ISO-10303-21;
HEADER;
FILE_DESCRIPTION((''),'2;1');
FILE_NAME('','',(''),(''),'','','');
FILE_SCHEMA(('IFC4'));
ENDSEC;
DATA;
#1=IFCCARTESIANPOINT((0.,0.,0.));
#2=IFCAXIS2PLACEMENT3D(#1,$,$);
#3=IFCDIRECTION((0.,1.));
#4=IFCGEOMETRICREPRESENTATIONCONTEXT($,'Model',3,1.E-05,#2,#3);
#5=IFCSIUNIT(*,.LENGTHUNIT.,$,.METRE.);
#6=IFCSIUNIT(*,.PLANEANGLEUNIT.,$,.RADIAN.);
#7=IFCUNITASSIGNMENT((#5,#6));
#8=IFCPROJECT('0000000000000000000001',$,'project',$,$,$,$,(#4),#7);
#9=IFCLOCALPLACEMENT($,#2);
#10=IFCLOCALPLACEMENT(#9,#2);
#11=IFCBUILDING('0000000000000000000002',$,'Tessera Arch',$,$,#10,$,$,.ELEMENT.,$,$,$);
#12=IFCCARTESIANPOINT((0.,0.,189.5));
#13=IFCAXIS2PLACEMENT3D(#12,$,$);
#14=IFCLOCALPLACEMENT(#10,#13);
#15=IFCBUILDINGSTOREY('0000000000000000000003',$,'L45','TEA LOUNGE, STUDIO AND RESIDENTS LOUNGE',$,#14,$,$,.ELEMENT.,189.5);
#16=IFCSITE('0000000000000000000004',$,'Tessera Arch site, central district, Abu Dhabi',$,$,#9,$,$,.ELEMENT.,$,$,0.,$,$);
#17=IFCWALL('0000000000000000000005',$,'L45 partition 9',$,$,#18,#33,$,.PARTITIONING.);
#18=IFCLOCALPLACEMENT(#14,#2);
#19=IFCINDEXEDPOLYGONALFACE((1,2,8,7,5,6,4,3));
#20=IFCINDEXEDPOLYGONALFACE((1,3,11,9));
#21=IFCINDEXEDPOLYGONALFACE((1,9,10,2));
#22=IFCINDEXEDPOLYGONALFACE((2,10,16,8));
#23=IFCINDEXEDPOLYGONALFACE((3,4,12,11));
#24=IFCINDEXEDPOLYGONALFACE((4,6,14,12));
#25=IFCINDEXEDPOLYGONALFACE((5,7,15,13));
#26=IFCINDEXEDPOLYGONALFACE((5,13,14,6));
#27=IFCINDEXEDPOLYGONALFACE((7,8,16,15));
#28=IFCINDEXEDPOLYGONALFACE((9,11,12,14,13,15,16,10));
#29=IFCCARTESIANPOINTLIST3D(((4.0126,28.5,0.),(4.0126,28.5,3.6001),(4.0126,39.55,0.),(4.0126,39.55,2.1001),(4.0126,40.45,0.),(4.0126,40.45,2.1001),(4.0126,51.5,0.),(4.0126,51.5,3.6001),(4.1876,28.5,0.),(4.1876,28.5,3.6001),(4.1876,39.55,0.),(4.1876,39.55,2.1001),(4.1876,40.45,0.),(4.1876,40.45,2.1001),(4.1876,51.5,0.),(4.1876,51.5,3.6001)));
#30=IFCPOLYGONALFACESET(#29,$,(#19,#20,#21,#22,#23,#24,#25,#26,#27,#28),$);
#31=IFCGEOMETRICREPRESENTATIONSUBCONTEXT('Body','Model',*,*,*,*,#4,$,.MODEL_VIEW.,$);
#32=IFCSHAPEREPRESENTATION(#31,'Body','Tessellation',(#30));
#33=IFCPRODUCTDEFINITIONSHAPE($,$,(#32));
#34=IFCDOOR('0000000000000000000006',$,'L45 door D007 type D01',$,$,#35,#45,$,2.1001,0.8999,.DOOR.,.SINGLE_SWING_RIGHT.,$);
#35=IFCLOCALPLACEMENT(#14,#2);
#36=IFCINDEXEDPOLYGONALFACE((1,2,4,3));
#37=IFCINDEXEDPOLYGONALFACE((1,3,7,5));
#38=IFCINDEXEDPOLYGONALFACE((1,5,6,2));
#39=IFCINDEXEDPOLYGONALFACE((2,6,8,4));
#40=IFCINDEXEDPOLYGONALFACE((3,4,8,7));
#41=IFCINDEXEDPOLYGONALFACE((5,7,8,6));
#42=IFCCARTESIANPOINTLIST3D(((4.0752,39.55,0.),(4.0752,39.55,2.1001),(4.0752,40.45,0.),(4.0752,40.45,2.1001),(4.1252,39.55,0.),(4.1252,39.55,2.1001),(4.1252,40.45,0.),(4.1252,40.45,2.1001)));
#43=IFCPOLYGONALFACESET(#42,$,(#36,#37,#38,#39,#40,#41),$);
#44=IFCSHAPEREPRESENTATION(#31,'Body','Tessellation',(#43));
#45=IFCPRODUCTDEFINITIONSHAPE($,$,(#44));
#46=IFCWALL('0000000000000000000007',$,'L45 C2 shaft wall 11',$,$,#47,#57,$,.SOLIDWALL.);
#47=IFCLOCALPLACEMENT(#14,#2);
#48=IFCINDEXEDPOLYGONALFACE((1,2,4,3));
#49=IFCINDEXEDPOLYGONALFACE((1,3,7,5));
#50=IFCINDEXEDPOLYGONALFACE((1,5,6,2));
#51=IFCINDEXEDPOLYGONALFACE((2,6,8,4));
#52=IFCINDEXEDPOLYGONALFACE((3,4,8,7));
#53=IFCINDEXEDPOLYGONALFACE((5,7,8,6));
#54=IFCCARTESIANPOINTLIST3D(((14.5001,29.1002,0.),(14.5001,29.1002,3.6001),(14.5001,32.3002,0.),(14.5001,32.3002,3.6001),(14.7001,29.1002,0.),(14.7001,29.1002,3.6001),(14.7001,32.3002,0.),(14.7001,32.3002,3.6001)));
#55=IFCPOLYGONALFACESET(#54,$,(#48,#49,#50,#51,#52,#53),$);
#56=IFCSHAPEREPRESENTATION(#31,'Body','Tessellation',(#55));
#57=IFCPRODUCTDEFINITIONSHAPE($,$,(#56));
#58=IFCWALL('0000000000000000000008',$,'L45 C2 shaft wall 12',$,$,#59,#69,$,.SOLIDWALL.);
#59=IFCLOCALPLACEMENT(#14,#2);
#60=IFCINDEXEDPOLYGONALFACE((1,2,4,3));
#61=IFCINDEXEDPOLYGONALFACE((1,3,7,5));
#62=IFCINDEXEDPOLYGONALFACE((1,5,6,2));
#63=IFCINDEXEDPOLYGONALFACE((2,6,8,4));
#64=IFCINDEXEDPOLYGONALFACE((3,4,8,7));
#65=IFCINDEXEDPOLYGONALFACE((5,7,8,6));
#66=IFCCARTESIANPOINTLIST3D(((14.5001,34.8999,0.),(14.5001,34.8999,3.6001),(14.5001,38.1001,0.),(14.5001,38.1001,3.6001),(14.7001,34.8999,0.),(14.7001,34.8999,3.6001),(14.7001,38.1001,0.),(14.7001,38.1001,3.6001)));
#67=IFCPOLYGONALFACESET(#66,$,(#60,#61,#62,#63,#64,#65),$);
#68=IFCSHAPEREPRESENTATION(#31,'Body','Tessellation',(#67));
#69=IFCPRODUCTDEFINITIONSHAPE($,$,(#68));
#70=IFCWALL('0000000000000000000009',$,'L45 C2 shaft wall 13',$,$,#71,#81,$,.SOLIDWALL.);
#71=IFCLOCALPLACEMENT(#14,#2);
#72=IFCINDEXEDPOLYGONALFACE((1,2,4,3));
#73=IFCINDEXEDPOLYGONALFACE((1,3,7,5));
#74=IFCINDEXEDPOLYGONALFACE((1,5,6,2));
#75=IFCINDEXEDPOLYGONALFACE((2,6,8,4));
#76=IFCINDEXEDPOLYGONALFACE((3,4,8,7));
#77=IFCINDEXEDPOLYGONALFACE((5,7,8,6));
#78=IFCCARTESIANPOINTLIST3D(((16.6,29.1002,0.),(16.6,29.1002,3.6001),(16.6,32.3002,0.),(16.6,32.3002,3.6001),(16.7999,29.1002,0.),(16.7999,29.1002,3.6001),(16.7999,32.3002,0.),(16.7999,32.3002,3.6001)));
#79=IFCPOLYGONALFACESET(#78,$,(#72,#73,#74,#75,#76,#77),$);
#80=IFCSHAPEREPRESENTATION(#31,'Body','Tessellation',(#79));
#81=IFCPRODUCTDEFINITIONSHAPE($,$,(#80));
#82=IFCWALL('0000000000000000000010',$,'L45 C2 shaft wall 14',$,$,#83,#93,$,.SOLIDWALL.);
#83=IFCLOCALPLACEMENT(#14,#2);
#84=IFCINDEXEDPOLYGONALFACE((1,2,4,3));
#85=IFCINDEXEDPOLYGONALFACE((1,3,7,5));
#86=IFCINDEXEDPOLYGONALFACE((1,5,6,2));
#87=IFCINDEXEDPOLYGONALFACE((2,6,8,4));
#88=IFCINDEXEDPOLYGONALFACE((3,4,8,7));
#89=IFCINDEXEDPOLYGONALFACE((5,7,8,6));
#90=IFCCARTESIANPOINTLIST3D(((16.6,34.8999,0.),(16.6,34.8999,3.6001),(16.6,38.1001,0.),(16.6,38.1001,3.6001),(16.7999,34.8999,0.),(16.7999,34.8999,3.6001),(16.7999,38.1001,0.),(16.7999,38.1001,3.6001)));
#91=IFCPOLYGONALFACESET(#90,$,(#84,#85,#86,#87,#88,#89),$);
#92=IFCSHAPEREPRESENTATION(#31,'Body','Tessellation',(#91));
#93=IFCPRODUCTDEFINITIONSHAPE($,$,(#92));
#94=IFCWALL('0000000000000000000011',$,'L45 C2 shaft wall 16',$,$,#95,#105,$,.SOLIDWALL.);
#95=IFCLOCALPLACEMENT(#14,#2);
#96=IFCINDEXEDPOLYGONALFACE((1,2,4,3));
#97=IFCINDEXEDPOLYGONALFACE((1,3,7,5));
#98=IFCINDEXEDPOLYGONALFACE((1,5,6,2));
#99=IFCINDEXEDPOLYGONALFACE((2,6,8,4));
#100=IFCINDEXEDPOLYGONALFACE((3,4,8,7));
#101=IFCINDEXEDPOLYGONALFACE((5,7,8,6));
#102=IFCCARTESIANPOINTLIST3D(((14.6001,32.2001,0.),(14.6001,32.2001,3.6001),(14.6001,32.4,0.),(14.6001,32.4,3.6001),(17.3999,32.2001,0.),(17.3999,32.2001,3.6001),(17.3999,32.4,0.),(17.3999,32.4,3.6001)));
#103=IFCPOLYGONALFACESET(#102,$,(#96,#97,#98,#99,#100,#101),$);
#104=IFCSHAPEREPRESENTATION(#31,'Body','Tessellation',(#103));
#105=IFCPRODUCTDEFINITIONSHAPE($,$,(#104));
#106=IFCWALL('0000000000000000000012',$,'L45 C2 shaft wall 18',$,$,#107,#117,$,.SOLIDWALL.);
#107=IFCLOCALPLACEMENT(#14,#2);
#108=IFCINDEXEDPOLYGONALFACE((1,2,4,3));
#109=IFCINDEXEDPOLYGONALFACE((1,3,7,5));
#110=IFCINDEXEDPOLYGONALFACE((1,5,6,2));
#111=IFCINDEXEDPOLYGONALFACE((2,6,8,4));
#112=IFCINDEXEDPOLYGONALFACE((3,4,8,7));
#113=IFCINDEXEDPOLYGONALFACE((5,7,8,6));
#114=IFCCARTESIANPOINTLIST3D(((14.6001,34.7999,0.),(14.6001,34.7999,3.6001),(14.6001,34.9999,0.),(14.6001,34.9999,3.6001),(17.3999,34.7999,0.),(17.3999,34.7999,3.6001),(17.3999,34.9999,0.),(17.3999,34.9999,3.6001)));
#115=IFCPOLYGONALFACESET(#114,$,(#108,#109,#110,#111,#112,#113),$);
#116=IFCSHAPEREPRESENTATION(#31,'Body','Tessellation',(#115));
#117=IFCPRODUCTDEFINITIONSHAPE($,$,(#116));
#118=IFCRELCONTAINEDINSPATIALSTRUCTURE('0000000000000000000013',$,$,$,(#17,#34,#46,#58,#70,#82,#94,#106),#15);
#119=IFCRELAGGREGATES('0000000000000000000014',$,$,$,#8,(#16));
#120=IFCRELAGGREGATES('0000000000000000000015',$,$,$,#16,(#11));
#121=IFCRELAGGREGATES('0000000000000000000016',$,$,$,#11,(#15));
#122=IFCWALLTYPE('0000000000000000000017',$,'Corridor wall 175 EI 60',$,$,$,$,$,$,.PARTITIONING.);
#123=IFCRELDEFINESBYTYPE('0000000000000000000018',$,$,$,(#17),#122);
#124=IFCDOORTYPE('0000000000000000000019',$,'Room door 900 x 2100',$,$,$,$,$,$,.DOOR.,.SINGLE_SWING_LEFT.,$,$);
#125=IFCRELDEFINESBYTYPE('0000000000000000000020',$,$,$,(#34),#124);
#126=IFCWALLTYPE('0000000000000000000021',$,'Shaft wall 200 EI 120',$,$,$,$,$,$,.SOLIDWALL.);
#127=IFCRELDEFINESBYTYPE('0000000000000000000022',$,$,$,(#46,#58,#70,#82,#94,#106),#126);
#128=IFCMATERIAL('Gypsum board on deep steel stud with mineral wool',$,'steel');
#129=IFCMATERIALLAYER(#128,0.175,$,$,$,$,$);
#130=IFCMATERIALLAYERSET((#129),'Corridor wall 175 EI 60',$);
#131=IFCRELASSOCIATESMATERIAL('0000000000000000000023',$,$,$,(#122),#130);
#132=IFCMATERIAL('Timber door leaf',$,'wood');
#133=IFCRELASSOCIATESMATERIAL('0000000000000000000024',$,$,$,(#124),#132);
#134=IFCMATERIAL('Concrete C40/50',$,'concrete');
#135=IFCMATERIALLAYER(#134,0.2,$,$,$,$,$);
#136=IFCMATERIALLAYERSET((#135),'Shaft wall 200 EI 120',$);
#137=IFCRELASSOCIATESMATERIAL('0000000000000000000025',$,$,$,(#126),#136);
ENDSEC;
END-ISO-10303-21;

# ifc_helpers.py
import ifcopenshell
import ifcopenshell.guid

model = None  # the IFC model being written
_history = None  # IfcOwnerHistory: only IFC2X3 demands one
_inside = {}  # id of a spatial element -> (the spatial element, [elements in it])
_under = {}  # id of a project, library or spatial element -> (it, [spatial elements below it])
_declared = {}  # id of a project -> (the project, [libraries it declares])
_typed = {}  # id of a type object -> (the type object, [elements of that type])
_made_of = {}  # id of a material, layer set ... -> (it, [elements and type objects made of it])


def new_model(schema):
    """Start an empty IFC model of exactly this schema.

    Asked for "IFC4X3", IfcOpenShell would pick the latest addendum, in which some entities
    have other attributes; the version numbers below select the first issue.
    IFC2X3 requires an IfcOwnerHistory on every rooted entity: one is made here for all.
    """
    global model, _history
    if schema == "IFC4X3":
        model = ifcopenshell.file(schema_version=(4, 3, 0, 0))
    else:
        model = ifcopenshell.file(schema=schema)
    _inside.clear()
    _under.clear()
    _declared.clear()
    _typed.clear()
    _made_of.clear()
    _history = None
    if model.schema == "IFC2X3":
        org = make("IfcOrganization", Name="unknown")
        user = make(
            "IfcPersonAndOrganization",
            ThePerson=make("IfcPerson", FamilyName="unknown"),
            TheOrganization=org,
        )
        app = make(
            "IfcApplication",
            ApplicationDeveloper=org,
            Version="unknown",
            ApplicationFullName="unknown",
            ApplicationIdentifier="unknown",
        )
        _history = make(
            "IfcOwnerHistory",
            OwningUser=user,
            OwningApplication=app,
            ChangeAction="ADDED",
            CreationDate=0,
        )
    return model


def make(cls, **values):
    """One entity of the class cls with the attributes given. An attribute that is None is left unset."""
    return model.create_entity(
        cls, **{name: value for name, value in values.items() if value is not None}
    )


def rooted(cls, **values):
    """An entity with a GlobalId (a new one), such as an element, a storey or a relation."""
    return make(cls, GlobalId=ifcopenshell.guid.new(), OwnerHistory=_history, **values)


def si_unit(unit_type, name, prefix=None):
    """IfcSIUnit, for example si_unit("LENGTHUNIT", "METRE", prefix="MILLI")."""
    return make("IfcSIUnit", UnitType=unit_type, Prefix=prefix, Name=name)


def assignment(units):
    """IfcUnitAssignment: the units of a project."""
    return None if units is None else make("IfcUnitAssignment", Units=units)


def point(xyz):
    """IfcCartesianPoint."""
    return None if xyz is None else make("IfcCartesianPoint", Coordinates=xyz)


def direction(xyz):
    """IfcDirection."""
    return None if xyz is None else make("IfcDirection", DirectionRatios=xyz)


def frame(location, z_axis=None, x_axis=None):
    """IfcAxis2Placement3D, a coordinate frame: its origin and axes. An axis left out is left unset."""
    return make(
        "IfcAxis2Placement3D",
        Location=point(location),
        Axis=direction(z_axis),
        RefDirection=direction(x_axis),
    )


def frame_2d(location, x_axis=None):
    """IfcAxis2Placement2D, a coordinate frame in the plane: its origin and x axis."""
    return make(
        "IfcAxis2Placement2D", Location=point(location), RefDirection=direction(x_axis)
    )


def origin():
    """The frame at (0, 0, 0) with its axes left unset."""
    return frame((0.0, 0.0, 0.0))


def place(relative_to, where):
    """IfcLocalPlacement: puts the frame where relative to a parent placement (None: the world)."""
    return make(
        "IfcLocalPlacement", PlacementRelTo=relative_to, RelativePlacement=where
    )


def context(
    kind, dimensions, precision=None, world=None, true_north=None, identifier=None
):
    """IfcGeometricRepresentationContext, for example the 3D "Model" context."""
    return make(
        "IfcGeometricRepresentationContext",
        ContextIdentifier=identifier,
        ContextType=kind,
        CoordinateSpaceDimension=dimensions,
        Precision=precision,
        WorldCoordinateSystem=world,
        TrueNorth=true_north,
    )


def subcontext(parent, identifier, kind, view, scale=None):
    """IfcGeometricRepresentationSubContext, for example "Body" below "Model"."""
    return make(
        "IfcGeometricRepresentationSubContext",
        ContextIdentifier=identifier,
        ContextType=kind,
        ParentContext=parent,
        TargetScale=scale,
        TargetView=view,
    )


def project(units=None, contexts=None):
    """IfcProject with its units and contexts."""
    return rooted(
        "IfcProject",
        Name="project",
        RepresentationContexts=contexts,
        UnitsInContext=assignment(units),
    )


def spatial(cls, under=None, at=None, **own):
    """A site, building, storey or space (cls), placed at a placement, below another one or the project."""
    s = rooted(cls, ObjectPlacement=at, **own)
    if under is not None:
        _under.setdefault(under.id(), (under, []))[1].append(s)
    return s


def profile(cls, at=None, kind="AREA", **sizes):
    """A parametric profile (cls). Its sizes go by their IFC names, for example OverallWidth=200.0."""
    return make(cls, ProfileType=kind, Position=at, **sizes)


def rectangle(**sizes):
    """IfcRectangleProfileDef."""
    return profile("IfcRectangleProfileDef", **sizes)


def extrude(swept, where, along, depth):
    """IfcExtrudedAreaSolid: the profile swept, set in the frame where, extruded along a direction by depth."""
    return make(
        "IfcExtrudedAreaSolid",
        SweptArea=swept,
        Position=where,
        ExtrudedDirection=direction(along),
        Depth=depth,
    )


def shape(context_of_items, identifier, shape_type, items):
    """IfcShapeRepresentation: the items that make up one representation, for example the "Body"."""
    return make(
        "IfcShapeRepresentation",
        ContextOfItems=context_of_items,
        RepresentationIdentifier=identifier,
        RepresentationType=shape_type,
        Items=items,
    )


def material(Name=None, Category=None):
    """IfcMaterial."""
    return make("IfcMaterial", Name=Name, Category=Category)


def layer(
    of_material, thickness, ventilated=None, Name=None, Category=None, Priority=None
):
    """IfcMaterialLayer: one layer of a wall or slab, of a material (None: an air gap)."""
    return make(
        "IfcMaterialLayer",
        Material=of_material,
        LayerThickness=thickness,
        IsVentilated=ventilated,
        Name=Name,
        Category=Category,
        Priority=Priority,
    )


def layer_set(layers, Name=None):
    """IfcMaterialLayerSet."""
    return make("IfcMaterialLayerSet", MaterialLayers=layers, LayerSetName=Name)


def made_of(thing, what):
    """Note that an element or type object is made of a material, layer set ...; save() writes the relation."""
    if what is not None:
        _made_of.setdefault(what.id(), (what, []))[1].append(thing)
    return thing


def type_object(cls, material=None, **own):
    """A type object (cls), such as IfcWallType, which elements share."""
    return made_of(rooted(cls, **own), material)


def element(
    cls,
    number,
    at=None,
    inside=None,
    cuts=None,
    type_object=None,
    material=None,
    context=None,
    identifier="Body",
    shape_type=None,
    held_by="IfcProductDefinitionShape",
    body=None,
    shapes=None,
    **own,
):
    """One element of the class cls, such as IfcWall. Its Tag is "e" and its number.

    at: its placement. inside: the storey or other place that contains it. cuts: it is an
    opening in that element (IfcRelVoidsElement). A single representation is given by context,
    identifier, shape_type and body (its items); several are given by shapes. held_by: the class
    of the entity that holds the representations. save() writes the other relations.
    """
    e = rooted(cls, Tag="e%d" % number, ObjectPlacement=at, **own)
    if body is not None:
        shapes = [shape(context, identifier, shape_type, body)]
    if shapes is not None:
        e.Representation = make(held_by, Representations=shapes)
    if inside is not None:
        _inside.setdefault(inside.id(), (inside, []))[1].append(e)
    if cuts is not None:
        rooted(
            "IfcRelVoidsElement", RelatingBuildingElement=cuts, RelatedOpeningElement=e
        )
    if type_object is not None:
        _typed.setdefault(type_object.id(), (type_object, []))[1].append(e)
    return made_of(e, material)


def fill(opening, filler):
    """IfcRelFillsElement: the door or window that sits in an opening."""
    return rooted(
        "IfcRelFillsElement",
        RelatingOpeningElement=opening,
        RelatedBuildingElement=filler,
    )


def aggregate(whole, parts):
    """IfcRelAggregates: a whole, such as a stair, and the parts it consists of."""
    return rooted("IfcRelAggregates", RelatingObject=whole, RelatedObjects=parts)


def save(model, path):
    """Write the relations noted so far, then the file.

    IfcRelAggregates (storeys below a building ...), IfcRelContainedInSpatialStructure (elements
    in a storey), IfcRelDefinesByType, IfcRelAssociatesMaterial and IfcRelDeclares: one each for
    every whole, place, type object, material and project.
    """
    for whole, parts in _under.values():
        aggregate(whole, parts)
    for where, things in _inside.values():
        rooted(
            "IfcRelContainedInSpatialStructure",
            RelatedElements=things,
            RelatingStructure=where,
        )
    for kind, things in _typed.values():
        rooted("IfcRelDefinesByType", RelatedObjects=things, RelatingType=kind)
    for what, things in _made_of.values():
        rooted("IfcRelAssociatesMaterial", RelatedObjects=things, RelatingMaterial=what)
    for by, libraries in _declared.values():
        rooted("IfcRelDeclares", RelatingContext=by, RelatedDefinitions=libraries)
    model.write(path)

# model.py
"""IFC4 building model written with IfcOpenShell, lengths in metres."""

from ifc_helpers import new_model, si_unit, direction, frame, frame_2d, origin, place, context, subcontext, project, spatial, rectangle, extrude, material, layer, layer_set, type_object, element, fill, save


model = new_model("IFC4")

# Units and contexts
model_context = context("Model", 3, precision=1e-05, world=origin(), true_north=direction((0.0, 1.0)))
body_context = subcontext(model_context, "Body", "Model", "MODEL_VIEW")
ifc_project = project(units=[si_unit("LENGTHUNIT", "METRE"), si_unit("PLANEANGLEUNIT", "RADIAN")], contexts=[model_context])

# Site, building, storey
site_placement = place(None, origin())
site = spatial("IfcSite", under=ifc_project, at=site_placement, Name="Tessera Arch site, central district, Abu Dhabi", CompositionType="ELEMENT", RefElevation=0.0)
building_placement = place(site_placement, origin())
building = spatial("IfcBuilding", under=site, at=building_placement, Name="Tessera Arch", CompositionType="ELEMENT")
storey_placement = place(building_placement, frame((0.0, 0.0, 189.5)))
storey = spatial("IfcBuildingStorey", under=building, at=storey_placement, Name="L45", Description="TEA LOUNGE, STUDIO AND RESIDENTS LOUNGE", CompositionType="ELEMENT", Elevation=189.5)

# Shared definitions
ifc_material_1 = material(Name="Gypsum board on deep steel stud with mineral wool", Category="steel")
ifc_layer_1 = layer(ifc_material_1, 0.175)
ifc_layer_set_1 = layer_set([ifc_layer_1], Name="Corridor wall 175 EI 60")
wall_type_1 = type_object("IfcWallType", Name="Corridor wall 175 EI 60", PredefinedType="PARTITIONING", material=ifc_layer_set_1)

# Wall, opening, door
wall_1_placement = place(storey_placement, frame((4.1001, 28.5, 0.0), z_axis=(0.0, 0.0, 1.0), x_axis=(0.0, 1.0, 0.0)))
wall_1 = element("IfcWall", 1, at=wall_1_placement, inside=storey, type_object=wall_type_1, Name="L45 partition 9", PredefinedType="PARTITIONING", context=body_context, shape_type="SweptSolid", body=[
    extrude(rectangle(XDim=23.0, YDim=0.175, at=frame_2d((11.5, 0.0))), origin(), (0.0, 0.0, 1.0), 3.6001),
])
opening_1_placement = place(wall_1_placement, frame((11.05, 0.0, 0.0)))
opening_1 = element("IfcOpeningElement", 2, at=opening_1_placement, cuts=wall_1, PredefinedType="OPENING", context=body_context, shape_type="SweptSolid", body=[
    extrude(rectangle(XDim=0.8999, YDim=2.1001, at=frame_2d((0.45, 1.05))), frame((0.0, 0.0974, 0.0), z_axis=(0.0, -1.0, 0.0), x_axis=(1.0, 0.0, 0.0)), (0.0, 0.0, 1.0), 0.1951),
])
ifc_material_2 = material(Name="Timber door leaf", Category="wood")
door_type_1 = type_object("IfcDoorType", Name="Room door 900 x 2100", OperationType="SINGLE_SWING_LEFT", PredefinedType="DOOR", material=ifc_material_2)
door_1_placement = place(opening_1_placement, origin())
door_1 = element("IfcDoor", 3, at=door_1_placement, inside=storey, type_object=door_type_1, Name="L45 door D007 type D01", OperationType="SINGLE_SWING_RIGHT", OverallHeight=2.1001, OverallWidth=0.8999, PredefinedType="DOOR", context=body_context, shape_type="SweptSolid", body=[
    extrude(rectangle(XDim=0.8999, YDim=2.1001, at=frame_2d((0.45, 1.05))), frame((0.0, 0.0249, 0.0), z_axis=(0.0, -1.0, 0.0), x_axis=(1.0, 0.0, 0.0)), (0.0, 0.0, 1.0), 0.05),
])
fill(opening_1, door_1)

# Walls
ifc_material_3 = material(Name="Concrete C40/50", Category="concrete")
ifc_layer_2 = layer(ifc_material_3, 0.2)
ifc_layer_set_2 = layer_set([ifc_layer_2], Name="Shaft wall 200 EI 120")
wall_type_2 = type_object("IfcWallType", Name="Shaft wall 200 EI 120", PredefinedType="SOLIDWALL", material=ifc_layer_set_2)
wall_2_placement = place(storey_placement, frame((14.6001, 29.1001, 0.0), z_axis=(0.0, 0.0, 1.0), x_axis=(0.0, 1.0, 0.0)))
element("IfcWall", 4, at=wall_2_placement, inside=storey, type_object=wall_type_2, Name="L45 C2 shaft wall 11", PredefinedType="SOLIDWALL", context=body_context, shape_type="SweptSolid", body=[
    extrude(rectangle(XDim=3.2, YDim=0.2, at=frame_2d((1.6001, 0.0))), origin(), (0.0, 0.0, 1.0), 3.6001),
])
wall_3_placement = place(storey_placement, frame((14.6001, 34.8999, 0.0), z_axis=(0.0, 0.0, 1.0), x_axis=(0.0, 1.0, 0.0)))
element("IfcWall", 5, at=wall_3_placement, inside=storey, type_object=wall_type_2, Name="L45 C2 shaft wall 12", PredefinedType="SOLIDWALL", context=body_context, shape_type="SweptSolid", body=[
    extrude(rectangle(XDim=3.2002, YDim=0.2, at=frame_2d((1.6001, 0.0))), origin(), (0.0, 0.0, 1.0), 3.6001),
])
wall_4_placement = place(storey_placement, frame((16.7, 29.1001, 0.0), z_axis=(0.0, 0.0, 1.0), x_axis=(0.0, 1.0, 0.0)))
element("IfcWall", 6, at=wall_4_placement, inside=storey, type_object=wall_type_2, Name="L45 C2 shaft wall 13", PredefinedType="SOLIDWALL", context=body_context, shape_type="SweptSolid", body=[
    extrude(rectangle(XDim=3.2, YDim=0.2, at=frame_2d((1.6001, 0.0))), origin(), (0.0, 0.0, 1.0), 3.6001),
])
wall_5_placement = place(storey_placement, frame((16.7, 34.8999, 0.0), z_axis=(0.0, 0.0, 1.0), x_axis=(0.0, 1.0, 0.0)))
element("IfcWall", 7, at=wall_5_placement, inside=storey, type_object=wall_type_2, Name="L45 C2 shaft wall 14", PredefinedType="SOLIDWALL", context=body_context, shape_type="SweptSolid", body=[
    extrude(rectangle(XDim=3.2002, YDim=0.2, at=frame_2d((1.6001, 0.0))), origin(), (0.0, 0.0, 1.0), 3.6001),
])
for number, where, z_axis, x_axis, name in (
    (8, (14.6001, 32.3, 0.0), (0.0, 0.0, 1.0), (1.0, 0.0, 0.0), "L45 C2 shaft wall 16"),
    (9, (14.6001, 34.8999, 0.0), (0.0, 0.0, 1.0), (1.0, 0.0, 0.0), "L45 C2 shaft wall 18"),
):
    element("IfcWall", number, at=place(storey_placement, frame(where, z_axis=z_axis, x_axis=x_axis)), inside=storey, type_object=wall_type_2, Name=name, PredefinedType="SOLIDWALL", context=body_context, shape_type="SweptSolid", body=[
        extrude(rectangle(XDim=2.7998, YDim=0.2, at=frame_2d((1.3999, 0.0))), origin(), (0.0, 0.0, 1.0), 3.6001),
    ])

save(model, "model.ifc")
